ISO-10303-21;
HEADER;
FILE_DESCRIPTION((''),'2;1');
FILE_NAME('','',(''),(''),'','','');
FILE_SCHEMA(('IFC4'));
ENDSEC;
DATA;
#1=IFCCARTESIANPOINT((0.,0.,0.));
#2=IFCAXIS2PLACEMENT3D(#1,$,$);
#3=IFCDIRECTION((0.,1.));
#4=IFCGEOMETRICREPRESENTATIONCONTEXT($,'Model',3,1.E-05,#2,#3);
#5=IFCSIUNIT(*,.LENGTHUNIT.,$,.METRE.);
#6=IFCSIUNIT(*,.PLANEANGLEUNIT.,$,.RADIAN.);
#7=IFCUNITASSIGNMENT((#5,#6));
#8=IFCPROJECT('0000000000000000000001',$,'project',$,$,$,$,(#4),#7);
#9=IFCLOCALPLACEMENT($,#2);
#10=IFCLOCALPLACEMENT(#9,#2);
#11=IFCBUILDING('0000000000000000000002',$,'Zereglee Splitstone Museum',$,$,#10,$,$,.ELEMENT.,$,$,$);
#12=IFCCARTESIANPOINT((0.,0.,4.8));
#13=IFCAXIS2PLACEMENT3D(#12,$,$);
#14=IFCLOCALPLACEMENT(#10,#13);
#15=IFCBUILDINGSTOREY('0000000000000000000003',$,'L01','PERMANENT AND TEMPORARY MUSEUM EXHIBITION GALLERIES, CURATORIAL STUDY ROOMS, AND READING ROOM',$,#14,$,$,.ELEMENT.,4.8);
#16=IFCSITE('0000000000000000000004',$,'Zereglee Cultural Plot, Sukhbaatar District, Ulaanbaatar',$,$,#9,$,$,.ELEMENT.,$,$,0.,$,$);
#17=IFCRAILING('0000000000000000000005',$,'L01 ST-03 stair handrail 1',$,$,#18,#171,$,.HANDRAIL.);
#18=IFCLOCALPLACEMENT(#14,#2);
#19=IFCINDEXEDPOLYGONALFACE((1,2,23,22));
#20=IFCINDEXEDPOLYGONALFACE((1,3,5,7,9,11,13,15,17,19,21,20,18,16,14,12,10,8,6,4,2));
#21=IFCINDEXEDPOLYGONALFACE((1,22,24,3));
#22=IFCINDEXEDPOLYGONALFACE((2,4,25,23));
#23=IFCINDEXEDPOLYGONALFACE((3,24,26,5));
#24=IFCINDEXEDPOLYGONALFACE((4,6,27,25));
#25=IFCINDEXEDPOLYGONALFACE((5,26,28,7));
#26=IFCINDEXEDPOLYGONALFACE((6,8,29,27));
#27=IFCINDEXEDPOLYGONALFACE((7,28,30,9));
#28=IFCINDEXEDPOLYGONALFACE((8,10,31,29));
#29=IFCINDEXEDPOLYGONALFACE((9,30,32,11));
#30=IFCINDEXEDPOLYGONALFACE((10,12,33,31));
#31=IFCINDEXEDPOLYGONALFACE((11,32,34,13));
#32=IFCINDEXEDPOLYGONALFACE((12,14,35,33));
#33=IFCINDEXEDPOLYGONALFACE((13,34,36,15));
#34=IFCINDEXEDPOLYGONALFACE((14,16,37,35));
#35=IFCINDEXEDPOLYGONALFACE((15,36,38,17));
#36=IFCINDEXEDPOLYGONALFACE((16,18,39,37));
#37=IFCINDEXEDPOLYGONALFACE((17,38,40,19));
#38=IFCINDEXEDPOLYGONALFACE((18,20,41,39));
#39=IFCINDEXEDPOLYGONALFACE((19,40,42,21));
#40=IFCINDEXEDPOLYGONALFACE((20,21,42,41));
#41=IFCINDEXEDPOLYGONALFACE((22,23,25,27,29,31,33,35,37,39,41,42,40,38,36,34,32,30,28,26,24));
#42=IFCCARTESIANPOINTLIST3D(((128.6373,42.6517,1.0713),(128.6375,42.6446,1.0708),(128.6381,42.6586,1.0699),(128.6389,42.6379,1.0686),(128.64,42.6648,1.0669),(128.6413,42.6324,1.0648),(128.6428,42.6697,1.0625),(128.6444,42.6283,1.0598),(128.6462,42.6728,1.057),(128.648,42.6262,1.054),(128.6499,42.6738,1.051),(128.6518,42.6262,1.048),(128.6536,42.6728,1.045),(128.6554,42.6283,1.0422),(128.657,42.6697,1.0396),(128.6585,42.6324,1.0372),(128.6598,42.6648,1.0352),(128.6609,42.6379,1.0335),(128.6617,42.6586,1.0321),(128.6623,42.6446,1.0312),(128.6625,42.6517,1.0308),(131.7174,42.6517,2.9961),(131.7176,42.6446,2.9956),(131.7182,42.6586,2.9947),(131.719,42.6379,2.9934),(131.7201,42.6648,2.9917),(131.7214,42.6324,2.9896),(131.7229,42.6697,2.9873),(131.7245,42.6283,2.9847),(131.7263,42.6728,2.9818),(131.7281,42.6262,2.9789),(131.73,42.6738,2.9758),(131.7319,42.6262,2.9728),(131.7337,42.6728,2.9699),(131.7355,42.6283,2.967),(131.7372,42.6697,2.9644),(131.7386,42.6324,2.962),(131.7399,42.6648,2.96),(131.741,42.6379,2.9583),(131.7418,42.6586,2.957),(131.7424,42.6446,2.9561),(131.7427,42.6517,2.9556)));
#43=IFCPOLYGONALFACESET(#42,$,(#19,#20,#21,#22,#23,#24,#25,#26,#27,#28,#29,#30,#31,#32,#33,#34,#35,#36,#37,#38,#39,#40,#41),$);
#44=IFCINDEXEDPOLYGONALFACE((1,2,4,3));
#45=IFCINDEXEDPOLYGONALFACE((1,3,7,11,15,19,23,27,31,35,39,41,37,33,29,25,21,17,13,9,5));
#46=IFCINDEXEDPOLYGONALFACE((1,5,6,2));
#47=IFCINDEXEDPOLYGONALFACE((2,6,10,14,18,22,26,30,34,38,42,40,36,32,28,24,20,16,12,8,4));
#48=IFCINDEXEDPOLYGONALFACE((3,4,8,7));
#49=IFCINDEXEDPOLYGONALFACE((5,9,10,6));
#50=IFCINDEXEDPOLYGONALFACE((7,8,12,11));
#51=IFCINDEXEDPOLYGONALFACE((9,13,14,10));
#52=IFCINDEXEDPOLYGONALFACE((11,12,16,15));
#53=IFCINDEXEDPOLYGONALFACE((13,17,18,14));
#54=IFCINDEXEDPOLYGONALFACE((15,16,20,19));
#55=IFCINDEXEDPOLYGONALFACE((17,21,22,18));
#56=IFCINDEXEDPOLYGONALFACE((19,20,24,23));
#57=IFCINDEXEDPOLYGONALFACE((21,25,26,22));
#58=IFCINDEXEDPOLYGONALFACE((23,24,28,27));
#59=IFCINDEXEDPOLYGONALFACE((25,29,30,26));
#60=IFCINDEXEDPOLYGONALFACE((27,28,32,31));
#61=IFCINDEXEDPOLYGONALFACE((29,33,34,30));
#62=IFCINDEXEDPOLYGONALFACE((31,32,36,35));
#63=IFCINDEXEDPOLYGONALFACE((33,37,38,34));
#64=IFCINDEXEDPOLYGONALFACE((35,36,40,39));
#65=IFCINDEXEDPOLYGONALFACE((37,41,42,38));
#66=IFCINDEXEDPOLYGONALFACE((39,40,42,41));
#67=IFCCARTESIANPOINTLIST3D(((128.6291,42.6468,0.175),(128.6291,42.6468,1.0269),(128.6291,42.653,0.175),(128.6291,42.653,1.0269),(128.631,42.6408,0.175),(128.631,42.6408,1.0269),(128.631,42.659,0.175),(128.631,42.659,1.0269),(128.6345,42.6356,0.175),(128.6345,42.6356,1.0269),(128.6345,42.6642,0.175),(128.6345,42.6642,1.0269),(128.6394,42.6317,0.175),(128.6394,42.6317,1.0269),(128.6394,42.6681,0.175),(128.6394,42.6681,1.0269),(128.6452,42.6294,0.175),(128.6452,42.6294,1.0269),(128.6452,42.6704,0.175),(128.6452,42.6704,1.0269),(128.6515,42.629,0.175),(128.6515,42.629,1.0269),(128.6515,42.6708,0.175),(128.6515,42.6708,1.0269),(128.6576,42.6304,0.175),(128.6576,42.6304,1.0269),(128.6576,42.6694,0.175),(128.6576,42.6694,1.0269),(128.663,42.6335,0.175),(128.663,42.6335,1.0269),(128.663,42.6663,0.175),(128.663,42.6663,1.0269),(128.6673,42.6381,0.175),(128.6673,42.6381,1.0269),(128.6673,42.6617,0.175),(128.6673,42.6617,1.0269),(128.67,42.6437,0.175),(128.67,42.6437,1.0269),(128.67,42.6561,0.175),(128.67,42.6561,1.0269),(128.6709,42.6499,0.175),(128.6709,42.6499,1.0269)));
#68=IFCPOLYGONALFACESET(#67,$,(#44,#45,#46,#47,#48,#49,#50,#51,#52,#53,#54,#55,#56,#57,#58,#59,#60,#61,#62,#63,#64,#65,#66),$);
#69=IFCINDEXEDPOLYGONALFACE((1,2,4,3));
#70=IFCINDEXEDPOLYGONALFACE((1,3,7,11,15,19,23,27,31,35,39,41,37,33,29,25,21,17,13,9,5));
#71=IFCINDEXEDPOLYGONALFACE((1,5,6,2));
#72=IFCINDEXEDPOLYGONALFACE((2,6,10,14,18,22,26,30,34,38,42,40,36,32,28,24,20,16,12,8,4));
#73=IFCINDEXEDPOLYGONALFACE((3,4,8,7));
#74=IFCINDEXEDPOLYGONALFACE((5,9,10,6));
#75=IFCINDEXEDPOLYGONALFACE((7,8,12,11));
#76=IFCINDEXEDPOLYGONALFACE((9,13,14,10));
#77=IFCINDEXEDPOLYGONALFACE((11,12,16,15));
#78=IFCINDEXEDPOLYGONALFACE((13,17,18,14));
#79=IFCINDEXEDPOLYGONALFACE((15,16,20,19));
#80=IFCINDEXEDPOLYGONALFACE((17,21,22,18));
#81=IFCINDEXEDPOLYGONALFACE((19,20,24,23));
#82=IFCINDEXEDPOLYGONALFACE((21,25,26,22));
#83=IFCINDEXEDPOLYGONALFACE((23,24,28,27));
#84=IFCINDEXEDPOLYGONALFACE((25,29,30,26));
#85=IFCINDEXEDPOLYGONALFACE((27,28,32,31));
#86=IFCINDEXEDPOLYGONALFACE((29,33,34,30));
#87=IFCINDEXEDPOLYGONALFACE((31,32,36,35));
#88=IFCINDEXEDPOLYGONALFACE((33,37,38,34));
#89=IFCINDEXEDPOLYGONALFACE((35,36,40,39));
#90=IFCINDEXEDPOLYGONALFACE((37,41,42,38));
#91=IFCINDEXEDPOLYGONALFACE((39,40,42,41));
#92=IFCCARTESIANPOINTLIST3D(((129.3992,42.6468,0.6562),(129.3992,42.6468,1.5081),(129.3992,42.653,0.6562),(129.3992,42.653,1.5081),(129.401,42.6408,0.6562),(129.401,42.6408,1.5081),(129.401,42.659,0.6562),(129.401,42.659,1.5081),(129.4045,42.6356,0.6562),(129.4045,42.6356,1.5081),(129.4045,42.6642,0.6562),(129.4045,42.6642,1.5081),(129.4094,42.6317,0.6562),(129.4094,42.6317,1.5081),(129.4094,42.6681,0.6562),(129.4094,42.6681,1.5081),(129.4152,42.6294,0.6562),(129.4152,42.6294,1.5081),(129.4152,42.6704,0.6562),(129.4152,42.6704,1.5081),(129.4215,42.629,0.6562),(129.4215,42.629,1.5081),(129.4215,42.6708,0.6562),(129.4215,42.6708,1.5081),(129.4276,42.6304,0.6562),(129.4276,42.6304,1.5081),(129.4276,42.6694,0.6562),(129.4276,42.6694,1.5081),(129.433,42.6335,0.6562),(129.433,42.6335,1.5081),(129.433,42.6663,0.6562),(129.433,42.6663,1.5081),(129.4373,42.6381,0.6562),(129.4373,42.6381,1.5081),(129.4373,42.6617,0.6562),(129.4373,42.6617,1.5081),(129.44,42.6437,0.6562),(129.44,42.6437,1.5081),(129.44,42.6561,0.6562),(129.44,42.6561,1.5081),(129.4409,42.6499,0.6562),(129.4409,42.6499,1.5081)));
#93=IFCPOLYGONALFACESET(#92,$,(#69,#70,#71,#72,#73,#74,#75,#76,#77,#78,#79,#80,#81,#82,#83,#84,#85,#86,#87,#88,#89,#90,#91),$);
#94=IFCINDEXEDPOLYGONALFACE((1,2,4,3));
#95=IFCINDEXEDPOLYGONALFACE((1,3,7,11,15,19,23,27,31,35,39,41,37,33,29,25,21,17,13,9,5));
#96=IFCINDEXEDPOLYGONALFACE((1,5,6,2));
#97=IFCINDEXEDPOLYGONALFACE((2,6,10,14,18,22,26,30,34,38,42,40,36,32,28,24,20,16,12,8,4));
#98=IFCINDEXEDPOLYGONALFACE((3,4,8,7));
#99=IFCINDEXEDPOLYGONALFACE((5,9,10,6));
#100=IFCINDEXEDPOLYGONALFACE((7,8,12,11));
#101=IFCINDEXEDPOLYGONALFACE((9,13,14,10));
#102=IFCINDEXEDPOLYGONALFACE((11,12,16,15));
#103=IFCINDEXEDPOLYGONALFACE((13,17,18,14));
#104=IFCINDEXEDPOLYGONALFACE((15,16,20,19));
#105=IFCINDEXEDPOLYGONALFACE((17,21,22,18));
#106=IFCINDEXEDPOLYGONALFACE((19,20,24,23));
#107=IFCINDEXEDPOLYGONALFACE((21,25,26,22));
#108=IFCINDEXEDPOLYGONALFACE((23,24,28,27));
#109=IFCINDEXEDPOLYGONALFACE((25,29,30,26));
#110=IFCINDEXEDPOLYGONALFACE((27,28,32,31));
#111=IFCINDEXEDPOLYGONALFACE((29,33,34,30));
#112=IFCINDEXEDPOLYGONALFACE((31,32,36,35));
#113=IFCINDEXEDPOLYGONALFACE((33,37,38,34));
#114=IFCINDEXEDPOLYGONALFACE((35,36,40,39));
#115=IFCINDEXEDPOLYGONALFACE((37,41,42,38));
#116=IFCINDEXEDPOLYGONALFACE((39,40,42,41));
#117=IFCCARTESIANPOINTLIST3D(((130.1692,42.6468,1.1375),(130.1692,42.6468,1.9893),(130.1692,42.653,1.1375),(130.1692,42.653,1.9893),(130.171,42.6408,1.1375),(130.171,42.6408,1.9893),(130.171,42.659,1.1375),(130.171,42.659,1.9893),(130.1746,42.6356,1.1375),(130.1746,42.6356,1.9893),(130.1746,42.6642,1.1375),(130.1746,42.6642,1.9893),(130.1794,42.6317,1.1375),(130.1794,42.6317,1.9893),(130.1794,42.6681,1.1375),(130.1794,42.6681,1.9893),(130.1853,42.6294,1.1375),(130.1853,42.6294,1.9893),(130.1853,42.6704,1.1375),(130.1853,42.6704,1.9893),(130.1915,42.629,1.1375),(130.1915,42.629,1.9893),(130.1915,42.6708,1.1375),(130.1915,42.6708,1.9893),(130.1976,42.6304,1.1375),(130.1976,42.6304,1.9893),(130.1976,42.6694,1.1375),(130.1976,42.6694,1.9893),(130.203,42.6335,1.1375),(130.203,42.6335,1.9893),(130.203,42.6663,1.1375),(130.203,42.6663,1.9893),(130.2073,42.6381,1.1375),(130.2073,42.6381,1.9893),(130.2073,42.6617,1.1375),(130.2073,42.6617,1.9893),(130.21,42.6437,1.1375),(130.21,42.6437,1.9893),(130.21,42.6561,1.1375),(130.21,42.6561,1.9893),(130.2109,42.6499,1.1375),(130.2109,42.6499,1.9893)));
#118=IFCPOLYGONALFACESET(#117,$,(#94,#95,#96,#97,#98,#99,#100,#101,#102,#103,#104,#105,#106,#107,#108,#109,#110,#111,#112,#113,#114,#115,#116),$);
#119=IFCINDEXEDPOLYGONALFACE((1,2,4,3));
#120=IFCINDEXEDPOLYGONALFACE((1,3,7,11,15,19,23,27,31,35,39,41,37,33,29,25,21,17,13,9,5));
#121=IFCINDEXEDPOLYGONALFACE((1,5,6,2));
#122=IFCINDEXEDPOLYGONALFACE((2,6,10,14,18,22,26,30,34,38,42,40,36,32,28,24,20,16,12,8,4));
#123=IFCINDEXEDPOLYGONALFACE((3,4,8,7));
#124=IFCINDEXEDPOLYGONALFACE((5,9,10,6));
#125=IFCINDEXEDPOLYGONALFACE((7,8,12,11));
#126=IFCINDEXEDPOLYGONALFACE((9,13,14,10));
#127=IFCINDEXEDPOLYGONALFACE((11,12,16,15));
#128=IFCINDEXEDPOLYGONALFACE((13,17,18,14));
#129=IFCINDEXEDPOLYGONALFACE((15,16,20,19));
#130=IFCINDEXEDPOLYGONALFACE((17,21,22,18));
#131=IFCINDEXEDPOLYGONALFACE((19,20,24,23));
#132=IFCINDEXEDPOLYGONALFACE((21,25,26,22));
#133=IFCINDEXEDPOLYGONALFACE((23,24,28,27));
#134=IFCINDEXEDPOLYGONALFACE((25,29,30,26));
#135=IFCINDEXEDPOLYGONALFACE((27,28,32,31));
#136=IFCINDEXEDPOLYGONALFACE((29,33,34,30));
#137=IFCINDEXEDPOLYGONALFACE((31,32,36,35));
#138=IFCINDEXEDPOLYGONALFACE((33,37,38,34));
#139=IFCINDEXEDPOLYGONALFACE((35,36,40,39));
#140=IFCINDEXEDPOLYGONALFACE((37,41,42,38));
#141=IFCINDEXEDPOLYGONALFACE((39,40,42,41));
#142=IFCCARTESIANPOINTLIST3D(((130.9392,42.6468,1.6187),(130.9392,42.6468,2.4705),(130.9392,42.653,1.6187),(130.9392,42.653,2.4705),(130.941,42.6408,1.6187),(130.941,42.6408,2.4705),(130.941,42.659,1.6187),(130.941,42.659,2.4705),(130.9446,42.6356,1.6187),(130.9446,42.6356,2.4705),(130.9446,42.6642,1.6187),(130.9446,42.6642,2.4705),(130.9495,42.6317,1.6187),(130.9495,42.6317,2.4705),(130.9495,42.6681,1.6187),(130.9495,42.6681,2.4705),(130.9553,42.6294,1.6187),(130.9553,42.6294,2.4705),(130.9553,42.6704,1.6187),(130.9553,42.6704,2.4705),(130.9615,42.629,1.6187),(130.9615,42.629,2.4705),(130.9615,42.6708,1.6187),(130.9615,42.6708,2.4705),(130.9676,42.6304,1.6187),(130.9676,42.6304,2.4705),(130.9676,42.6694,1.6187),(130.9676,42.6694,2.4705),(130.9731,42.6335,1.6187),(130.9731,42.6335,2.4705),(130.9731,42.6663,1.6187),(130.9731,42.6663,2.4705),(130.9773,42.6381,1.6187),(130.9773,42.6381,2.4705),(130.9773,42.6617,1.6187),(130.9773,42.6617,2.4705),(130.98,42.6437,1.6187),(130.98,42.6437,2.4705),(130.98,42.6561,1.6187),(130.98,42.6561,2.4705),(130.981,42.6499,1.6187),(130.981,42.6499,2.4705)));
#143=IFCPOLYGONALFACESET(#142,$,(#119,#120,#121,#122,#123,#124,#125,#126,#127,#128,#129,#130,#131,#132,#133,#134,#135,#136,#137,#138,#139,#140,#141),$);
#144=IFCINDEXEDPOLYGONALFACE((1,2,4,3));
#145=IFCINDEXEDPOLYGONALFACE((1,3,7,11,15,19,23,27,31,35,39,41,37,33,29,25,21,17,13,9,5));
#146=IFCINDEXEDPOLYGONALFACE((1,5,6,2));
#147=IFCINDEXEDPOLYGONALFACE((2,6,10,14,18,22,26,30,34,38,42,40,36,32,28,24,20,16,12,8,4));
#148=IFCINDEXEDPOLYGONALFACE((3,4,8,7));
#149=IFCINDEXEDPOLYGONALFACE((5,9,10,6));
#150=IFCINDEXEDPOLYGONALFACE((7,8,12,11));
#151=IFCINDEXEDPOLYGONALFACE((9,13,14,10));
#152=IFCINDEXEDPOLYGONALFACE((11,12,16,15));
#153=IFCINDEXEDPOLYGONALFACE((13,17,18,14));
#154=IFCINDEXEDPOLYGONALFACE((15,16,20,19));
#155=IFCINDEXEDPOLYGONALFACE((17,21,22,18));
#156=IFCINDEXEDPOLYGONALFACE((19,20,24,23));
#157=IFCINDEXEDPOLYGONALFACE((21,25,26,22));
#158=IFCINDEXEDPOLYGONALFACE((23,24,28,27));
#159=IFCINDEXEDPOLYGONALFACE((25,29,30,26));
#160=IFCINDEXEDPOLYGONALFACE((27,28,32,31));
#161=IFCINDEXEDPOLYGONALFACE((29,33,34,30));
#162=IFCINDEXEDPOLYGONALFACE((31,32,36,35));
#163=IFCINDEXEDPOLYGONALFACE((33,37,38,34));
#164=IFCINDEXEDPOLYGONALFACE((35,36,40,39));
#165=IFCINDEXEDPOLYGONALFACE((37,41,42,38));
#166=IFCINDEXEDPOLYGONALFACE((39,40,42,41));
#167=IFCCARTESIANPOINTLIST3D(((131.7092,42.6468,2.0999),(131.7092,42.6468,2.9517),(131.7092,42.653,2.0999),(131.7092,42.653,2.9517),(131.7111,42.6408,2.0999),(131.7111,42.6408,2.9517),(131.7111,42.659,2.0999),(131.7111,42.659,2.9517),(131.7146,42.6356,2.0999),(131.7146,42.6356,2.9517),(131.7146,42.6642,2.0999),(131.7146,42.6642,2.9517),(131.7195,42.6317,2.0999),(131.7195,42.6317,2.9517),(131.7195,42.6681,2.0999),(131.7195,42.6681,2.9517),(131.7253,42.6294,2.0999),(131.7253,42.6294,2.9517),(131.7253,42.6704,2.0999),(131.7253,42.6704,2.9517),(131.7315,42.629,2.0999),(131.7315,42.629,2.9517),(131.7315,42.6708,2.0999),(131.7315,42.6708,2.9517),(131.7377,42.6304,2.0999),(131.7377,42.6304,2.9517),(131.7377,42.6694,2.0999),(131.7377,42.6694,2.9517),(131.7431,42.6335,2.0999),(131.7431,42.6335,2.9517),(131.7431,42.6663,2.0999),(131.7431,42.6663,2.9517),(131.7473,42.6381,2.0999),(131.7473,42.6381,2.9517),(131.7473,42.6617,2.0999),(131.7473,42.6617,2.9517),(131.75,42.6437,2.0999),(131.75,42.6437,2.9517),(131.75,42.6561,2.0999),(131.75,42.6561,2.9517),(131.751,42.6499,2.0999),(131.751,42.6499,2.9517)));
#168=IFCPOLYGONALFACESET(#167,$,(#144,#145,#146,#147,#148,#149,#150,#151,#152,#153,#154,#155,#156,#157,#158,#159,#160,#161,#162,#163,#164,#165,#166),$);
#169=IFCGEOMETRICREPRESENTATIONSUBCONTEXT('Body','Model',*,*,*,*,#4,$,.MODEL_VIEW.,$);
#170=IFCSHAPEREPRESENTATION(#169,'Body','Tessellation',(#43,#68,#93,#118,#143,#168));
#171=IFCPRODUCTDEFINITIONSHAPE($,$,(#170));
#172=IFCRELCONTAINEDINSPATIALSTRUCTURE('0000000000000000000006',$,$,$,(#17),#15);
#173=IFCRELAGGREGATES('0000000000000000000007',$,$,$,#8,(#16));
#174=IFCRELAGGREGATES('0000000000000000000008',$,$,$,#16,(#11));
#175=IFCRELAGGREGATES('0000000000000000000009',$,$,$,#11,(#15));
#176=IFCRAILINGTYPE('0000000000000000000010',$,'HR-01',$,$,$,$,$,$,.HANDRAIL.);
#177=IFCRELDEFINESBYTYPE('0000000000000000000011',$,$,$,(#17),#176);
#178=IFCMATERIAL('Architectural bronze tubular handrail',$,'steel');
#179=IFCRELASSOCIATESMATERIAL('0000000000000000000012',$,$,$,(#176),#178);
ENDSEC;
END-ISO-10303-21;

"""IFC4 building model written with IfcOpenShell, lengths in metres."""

from ifc_helpers import new_model, si_unit, direction, frame, origin, origin_2d, place, context, subcontext, project, spatial, circle, extrude, material, type_object, element, save


model = new_model("IFC4")

# Units and contexts
model_context = context("Model", 3, precision=1e-05, world=origin(), true_north=direction((0.0, 1.0)))
body_context = subcontext(model_context, "Body", "Model", "MODEL_VIEW")
ifc_project = project(units=[si_unit("LENGTHUNIT", "METRE"), si_unit("PLANEANGLEUNIT", "RADIAN")], contexts=[model_context])

# Site, building, storey
site_placement = place(None, origin())
site = spatial("IfcSite", under=ifc_project, at=site_placement, Name="Zereglee Cultural Plot, Sukhbaatar District, Ulaanbaatar", CompositionType="ELEMENT", RefElevation=0.0)
building_placement = place(site_placement, origin())
building = spatial("IfcBuilding", under=site, at=building_placement, Name="Zereglee Splitstone Museum", CompositionType="ELEMENT")
storey_placement = place(building_placement, frame((0.0, 0.0, 4.8)))
storey = spatial("IfcBuildingStorey", under=building, at=storey_placement, Name="L01", Description="PERMANENT AND TEMPORARY MUSEUM EXHIBITION GALLERIES, CURATORIAL STUDY ROOMS, AND READING ROOM", CompositionType="ELEMENT", Elevation=4.8)

# Railing
ifc_material_1 = material(Name="Architectural bronze tubular handrail", Category="steel")
railing_type_1 = type_object("IfcRailingType", Name="HR-01", PredefinedType="HANDRAIL", material=ifc_material_1)
railing_1_placement = place(storey_placement, frame((128.6499, 42.6499, 0.175)))
element("IfcRailing", 1, at=railing_1_placement, inside=storey, type_object=railing_type_1, Name="L01 ST-03 stair handrail 1", PredefinedType="HANDRAIL", context=body_context, shape_type="SweptSolid", body=[
    extrude(circle(Radius=0.0239, at=origin_2d()), frame((0.0, 0.0, 0.876), z_axis=(0.848029, 0.0, 0.529951), x_axis=(0.0, 1.0, 0.0)), (0.0, 0.0, 1.0), 3.6321),
    extrude(circle(Radius=0.021, at=origin_2d()), origin(), (0.0, 0.0, 1.0), 0.8518),
    extrude(circle(Radius=0.021, at=origin_2d()), frame((0.77, 0.0, 0.4812)), (0.0, 0.0, 1.0), 0.8518),
    extrude(circle(Radius=0.021, at=origin_2d()), frame((1.54, 0.0, 0.9624)), (0.0, 0.0, 1.0), 0.8518),
    extrude(circle(Radius=0.021, at=origin_2d()), frame((2.3101, 0.0, 1.4436)), (0.0, 0.0, 1.0), 0.8518),
    extrude(circle(Radius=0.021, at=origin_2d()), frame((3.0801, 0.0, 1.9248)), (0.0, 0.0, 1.0), 0.8518),
])

save(model, "model.ifc")
